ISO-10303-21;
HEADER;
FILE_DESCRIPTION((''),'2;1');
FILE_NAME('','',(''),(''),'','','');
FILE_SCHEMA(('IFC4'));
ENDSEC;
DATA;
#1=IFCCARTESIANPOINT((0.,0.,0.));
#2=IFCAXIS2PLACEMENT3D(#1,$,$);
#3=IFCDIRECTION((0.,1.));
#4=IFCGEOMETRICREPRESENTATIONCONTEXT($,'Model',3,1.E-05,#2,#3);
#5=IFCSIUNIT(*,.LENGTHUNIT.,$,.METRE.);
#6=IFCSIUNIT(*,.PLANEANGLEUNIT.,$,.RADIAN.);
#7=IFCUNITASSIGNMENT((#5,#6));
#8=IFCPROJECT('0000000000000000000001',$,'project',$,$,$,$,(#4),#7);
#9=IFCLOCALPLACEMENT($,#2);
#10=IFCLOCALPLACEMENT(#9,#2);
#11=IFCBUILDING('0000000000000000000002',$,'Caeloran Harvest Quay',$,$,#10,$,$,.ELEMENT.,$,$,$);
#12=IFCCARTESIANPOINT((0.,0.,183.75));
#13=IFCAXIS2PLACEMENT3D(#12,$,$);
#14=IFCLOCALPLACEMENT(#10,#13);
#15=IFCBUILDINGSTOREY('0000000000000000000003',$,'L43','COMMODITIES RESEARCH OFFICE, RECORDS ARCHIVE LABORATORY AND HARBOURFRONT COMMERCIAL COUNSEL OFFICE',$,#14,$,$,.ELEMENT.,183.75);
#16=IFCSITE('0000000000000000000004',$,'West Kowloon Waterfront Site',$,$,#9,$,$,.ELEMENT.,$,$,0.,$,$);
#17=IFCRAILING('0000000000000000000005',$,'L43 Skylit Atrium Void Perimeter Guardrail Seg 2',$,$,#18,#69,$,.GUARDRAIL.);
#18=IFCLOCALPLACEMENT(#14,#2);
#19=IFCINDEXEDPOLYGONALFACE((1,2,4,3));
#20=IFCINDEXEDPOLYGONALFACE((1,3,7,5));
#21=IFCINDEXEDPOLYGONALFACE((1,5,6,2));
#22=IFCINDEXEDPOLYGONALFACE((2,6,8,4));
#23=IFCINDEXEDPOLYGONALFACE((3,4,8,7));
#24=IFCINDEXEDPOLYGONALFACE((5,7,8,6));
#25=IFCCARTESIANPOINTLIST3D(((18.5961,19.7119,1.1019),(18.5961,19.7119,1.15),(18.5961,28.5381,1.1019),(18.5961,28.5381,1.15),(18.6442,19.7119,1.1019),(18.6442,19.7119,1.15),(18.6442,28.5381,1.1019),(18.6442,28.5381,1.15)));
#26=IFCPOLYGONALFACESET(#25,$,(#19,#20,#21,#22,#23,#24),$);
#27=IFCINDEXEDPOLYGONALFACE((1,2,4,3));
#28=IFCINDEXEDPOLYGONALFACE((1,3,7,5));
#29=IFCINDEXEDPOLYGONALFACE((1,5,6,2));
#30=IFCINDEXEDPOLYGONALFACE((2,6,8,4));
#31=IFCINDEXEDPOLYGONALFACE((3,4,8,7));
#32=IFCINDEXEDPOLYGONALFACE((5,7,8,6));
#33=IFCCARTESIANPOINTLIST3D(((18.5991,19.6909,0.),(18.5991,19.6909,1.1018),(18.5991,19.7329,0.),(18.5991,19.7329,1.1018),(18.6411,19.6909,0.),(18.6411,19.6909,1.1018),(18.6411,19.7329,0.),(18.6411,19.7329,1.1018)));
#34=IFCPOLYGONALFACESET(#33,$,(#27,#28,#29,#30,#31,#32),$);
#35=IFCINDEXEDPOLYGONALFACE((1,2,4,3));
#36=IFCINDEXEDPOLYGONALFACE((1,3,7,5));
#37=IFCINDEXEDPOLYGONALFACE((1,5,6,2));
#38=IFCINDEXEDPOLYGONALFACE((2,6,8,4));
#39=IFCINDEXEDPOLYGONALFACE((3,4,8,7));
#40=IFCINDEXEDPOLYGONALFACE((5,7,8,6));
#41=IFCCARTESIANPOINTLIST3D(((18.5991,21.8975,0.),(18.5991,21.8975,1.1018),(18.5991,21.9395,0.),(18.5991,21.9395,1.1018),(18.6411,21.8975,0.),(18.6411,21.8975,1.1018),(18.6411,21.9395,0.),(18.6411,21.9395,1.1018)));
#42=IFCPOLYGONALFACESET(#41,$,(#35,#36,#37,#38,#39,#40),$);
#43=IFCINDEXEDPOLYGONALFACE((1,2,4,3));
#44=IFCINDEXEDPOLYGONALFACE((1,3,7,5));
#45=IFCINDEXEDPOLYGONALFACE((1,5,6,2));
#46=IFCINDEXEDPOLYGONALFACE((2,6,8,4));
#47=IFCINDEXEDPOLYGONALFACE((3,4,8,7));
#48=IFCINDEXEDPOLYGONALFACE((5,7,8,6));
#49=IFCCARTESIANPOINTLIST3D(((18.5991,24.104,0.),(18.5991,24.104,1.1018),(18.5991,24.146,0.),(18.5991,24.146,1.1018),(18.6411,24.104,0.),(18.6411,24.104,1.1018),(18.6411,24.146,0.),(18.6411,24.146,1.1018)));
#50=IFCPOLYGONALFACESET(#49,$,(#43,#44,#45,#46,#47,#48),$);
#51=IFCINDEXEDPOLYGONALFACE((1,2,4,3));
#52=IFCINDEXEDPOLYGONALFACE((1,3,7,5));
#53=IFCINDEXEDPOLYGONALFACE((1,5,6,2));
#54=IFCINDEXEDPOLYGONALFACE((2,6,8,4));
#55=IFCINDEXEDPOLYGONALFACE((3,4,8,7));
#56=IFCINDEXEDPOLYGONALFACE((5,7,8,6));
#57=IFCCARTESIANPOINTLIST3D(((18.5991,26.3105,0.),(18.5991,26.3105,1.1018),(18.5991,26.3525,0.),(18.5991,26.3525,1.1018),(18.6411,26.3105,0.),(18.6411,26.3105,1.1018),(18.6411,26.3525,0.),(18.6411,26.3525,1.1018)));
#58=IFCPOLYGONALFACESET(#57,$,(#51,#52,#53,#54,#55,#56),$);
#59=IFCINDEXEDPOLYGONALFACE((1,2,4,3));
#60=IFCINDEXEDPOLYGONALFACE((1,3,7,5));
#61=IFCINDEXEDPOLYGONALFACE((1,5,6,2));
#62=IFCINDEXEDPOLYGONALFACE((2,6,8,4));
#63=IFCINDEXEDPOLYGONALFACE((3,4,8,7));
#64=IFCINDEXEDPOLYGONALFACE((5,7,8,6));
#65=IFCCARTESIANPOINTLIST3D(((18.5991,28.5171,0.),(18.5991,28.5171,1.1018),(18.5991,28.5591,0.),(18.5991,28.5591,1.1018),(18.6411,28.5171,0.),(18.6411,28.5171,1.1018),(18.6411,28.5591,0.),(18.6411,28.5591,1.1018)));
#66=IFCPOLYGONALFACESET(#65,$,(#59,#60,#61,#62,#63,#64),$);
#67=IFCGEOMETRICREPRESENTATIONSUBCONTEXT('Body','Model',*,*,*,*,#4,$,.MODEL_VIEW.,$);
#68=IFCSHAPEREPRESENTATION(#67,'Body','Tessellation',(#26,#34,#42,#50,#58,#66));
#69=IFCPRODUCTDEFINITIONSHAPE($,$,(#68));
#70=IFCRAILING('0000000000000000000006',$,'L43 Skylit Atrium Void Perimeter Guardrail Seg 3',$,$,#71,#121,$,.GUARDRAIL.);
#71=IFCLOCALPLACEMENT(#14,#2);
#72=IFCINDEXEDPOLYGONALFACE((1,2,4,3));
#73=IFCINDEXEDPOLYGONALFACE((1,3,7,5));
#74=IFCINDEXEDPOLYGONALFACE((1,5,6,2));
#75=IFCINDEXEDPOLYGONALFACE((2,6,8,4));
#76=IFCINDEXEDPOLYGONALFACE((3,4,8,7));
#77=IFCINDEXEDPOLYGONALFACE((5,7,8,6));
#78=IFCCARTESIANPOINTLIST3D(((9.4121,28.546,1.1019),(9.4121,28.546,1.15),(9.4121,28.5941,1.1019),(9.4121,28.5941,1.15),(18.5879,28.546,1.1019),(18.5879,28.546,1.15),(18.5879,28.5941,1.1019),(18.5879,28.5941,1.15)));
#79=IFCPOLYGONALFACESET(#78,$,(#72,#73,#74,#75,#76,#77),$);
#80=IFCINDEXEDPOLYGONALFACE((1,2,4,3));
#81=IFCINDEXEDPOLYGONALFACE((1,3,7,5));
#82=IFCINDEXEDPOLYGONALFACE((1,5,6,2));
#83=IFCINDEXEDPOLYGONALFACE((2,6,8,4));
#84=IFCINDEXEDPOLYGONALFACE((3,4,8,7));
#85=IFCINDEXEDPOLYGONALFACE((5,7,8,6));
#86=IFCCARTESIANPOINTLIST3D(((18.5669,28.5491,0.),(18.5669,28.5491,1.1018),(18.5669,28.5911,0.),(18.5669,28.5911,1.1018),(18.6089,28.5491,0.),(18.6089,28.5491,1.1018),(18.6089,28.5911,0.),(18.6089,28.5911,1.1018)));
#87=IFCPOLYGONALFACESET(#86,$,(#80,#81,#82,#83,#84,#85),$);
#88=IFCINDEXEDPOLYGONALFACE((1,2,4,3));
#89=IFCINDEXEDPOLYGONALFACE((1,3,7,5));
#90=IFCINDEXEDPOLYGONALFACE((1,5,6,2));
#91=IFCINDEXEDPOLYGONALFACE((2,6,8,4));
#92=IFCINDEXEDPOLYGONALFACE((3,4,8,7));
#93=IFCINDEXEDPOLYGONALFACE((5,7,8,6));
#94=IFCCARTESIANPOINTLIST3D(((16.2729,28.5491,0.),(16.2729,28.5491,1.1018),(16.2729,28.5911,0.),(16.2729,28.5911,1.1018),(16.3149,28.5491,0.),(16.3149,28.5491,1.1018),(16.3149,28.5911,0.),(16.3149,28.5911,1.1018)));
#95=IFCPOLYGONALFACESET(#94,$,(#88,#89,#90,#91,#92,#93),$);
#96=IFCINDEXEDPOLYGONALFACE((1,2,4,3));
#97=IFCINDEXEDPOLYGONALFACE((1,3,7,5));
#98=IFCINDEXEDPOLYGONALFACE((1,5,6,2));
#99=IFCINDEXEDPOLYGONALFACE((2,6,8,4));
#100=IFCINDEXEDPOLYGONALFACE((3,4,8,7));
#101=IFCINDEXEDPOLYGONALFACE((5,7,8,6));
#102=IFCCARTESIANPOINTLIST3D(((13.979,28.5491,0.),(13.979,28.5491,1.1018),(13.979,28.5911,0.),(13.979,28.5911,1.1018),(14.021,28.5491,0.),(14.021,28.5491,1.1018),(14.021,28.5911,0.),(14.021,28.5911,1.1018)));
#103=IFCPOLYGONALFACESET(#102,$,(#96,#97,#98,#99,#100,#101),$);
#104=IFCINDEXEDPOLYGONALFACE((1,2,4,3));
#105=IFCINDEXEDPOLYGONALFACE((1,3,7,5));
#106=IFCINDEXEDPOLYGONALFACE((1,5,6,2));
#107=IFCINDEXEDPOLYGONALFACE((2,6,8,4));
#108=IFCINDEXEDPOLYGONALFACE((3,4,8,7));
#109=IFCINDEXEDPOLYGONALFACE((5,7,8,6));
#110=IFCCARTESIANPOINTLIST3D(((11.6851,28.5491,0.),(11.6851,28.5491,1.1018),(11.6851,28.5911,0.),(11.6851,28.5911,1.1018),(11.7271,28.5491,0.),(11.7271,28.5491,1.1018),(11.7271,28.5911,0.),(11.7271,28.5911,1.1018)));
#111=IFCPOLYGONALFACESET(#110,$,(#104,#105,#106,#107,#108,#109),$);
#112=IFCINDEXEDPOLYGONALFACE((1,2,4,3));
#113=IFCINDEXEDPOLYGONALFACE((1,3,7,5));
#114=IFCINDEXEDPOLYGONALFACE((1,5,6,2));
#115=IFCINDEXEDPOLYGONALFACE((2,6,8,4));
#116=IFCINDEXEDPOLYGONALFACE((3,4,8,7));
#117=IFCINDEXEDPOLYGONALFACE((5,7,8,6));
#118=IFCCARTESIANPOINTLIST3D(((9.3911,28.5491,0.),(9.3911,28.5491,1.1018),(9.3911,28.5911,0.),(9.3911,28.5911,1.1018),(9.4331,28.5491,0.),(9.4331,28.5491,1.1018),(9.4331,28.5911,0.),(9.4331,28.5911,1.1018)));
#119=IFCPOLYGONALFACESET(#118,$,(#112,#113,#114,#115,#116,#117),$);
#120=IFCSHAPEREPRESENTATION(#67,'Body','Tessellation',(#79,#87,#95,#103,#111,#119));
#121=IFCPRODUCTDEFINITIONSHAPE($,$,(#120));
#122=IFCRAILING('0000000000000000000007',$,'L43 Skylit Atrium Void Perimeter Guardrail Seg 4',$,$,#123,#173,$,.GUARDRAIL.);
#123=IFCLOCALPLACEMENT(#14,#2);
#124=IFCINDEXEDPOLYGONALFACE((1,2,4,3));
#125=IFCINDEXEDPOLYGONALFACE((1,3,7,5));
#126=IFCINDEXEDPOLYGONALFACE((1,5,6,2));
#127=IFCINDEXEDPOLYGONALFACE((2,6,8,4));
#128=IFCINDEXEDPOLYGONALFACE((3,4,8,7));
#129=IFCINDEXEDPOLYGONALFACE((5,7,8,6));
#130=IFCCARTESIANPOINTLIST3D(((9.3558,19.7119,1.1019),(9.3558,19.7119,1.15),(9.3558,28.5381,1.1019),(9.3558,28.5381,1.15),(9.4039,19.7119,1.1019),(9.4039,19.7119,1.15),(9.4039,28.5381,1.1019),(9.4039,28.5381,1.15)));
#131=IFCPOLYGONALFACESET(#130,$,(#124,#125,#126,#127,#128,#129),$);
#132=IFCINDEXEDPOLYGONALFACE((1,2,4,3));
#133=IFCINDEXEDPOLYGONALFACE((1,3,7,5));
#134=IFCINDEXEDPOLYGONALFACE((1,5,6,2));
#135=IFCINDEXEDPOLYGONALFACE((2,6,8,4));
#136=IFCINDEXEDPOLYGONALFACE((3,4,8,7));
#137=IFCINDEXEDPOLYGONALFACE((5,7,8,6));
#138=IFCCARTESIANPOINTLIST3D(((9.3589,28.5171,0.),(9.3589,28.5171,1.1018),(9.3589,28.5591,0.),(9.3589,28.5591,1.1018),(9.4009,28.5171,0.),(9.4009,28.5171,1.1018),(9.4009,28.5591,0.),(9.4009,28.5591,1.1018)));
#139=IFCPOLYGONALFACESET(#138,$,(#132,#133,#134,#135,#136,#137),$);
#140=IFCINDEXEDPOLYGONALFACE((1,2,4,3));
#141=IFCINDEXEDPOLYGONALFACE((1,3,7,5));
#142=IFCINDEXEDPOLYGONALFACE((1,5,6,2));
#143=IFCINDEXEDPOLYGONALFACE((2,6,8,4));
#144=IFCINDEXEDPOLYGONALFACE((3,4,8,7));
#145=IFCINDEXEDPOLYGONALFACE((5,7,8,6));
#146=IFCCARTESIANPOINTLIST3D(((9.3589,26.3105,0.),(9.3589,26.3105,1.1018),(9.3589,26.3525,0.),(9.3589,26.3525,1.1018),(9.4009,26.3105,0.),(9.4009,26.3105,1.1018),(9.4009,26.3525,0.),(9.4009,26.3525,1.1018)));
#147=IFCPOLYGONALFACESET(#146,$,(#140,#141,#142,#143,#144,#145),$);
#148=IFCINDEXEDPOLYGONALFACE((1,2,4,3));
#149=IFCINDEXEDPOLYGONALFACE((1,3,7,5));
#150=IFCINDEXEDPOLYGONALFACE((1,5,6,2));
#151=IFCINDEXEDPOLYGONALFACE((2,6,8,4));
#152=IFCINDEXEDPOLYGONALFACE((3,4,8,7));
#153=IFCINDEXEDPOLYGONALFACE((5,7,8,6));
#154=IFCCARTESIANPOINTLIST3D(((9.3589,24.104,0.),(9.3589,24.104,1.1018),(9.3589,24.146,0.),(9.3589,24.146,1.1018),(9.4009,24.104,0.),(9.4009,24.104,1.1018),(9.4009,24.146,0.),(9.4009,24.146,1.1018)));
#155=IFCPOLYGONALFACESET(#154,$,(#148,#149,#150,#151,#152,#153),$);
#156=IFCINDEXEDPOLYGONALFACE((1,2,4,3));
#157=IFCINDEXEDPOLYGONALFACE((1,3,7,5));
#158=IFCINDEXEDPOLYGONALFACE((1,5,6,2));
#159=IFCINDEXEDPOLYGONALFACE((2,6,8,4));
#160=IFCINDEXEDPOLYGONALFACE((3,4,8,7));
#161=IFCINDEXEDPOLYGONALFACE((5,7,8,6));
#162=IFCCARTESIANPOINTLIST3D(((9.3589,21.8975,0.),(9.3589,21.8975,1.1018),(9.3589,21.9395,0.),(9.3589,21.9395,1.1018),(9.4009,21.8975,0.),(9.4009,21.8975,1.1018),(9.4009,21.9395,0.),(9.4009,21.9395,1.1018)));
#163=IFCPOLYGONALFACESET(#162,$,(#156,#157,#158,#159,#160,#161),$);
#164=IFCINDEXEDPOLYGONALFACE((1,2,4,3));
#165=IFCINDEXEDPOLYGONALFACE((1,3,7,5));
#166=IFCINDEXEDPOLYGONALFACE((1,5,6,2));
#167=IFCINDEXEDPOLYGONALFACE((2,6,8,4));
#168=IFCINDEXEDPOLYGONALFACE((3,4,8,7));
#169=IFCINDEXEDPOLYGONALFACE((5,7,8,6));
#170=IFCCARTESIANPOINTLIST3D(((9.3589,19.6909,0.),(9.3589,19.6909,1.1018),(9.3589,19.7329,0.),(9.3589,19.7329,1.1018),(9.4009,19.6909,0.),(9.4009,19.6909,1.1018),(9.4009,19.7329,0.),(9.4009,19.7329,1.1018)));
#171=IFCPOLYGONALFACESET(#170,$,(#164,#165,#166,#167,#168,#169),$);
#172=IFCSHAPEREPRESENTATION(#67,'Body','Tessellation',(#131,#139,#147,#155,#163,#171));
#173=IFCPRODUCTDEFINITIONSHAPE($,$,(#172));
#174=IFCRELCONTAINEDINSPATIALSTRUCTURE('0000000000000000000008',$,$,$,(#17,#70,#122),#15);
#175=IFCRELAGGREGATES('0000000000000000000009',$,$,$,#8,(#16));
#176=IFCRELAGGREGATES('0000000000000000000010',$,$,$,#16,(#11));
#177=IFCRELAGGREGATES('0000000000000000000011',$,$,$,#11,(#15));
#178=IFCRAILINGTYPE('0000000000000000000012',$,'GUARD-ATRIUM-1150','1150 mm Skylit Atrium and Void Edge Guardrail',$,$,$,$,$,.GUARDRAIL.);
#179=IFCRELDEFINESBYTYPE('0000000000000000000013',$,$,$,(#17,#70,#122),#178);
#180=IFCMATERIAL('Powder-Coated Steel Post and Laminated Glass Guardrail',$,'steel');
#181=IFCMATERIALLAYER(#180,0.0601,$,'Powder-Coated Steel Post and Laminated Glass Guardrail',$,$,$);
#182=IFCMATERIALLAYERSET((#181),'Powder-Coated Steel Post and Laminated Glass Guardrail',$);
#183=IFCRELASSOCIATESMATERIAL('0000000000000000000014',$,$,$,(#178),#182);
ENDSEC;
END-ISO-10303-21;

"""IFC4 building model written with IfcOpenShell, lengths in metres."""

from ifc_helpers import new_model, si_unit, direction, frame, origin, origin_2d, place, context, subcontext, project, spatial, rectangle, extrude, material, layer, layer_set, type_object, element, save


model = new_model("IFC4")

# Units and contexts
model_context = context("Model", 3, precision=1e-05, world=origin(), true_north=direction((0.0, 1.0)))
body_context = subcontext(model_context, "Body", "Model", "MODEL_VIEW")
ifc_project = project(units=[si_unit("LENGTHUNIT", "METRE"), si_unit("PLANEANGLEUNIT", "RADIAN")], contexts=[model_context])

# Site, building, storey
site_placement = place(None, origin())
site = spatial("IfcSite", under=ifc_project, at=site_placement, Name="West Kowloon Waterfront Site", CompositionType="ELEMENT", RefElevation=0.0)
building_placement = place(site_placement, origin())
building = spatial("IfcBuilding", under=site, at=building_placement, Name="Caeloran Harvest Quay", CompositionType="ELEMENT")
storey_placement = place(building_placement, frame((0.0, 0.0, 183.75)))
storey = spatial("IfcBuildingStorey", under=building, at=storey_placement, Name="L43", Description="COMMODITIES RESEARCH OFFICE, RECORDS ARCHIVE LABORATORY AND HARBOURFRONT COMMERCIAL COUNSEL OFFICE", CompositionType="ELEMENT", Elevation=183.75)

# Railings
ifc_material_1 = material(Name="Powder-Coated Steel Post and Laminated Glass Guardrail", Category="steel")
ifc_layer_1 = layer(ifc_material_1, 0.0601, Name="Powder-Coated Steel Post and Laminated Glass Guardrail")
ifc_layer_set_1 = layer_set([ifc_layer_1], Name="Powder-Coated Steel Post and Laminated Glass Guardrail")
railing_type = type_object("IfcRailingType", Name="GUARD-ATRIUM-1150", Description="1150 mm Skylit Atrium and Void Edge Guardrail", PredefinedType="GUARDRAIL", material=ifc_layer_set_1)
railing_1_placement = place(storey_placement, frame((18.6201, 19.7119, 0.0)))
element("IfcRailing", 1, at=railing_1_placement, inside=storey, type_object=railing_type, Name="L43 Skylit Atrium Void Perimeter Guardrail Seg 2", PredefinedType="GUARDRAIL", context=body_context, shape_type="SweptSolid", body=[
    extrude(rectangle(XDim=0.0481, YDim=0.0481, at=origin_2d()), frame((0.0, 0.0, 1.126), z_axis=(0.0, 1.0, 0.0), x_axis=(-1.0, 0.0, 0.0)), (0.0, 0.0, 1.0), 8.8262),
    extrude(rectangle(XDim=0.042, YDim=0.042, at=origin_2d()), origin(), (0.0, 0.0, 1.0), 1.1018),
    extrude(rectangle(XDim=0.042, YDim=0.042, at=origin_2d()), frame((0.0, 2.2065, 0.0)), (0.0, 0.0, 1.0), 1.1018),
    extrude(rectangle(XDim=0.042, YDim=0.042, at=origin_2d()), frame((0.0, 4.4131, 0.0)), (0.0, 0.0, 1.0), 1.1018),
    extrude(rectangle(XDim=0.042, YDim=0.042, at=origin_2d()), frame((0.0, 6.6196, 0.0)), (0.0, 0.0, 1.0), 1.1018),
    extrude(rectangle(XDim=0.042, YDim=0.042, at=origin_2d()), frame((0.0, 8.8262, 0.0)), (0.0, 0.0, 1.0), 1.1018),
])
railing_2_placement = place(storey_placement, frame((18.5879, 28.5701, 0.0)))
element("IfcRailing", 2, at=railing_2_placement, inside=storey, type_object=railing_type, Name="L43 Skylit Atrium Void Perimeter Guardrail Seg 3", PredefinedType="GUARDRAIL", context=body_context, shape_type="SweptSolid", body=[
    extrude(rectangle(XDim=0.0481, YDim=0.0481, at=origin_2d()), frame((0.0, 0.0, 1.126), z_axis=(-1.0, 0.0, 0.0), x_axis=(0.0, -1.0, 0.0)), (0.0, 0.0, 1.0), 9.1758),
    extrude(rectangle(XDim=0.042, YDim=0.042, at=origin_2d()), origin(), (0.0, 0.0, 1.0), 1.1018),
    extrude(rectangle(XDim=0.042, YDim=0.042, at=origin_2d()), frame((-2.2939, 0.0, 0.0)), (0.0, 0.0, 1.0), 1.1018),
    extrude(rectangle(XDim=0.042, YDim=0.042, at=origin_2d()), frame((-4.5879, 0.0, 0.0)), (0.0, 0.0, 1.0), 1.1018),
    extrude(rectangle(XDim=0.042, YDim=0.042, at=origin_2d()), frame((-6.8818, 0.0, 0.0)), (0.0, 0.0, 1.0), 1.1018),
    extrude(rectangle(XDim=0.042, YDim=0.042, at=origin_2d()), frame((-9.1758, 0.0, 0.0)), (0.0, 0.0, 1.0), 1.1018),
])
railing_3_placement = place(storey_placement, frame((9.3799, 28.5381, 0.0)))
element("IfcRailing", 3, at=railing_3_placement, inside=storey, type_object=railing_type, Name="L43 Skylit Atrium Void Perimeter Guardrail Seg 4", PredefinedType="GUARDRAIL", context=body_context, shape_type="SweptSolid", body=[
    extrude(rectangle(XDim=0.0481, YDim=0.0481, at=origin_2d()), frame((0.0, 0.0, 1.126), z_axis=(0.0, -1.0, 0.0), x_axis=(1.0, 0.0, 0.0)), (0.0, 0.0, 1.0), 8.8262),
    extrude(rectangle(XDim=0.042, YDim=0.042, at=origin_2d()), origin(), (0.0, 0.0, 1.0), 1.1018),
    extrude(rectangle(XDim=0.042, YDim=0.042, at=origin_2d()), frame((0.0, -2.2065, 0.0)), (0.0, 0.0, 1.0), 1.1018),
    extrude(rectangle(XDim=0.042, YDim=0.042, at=origin_2d()), frame((0.0, -4.4131, 0.0)), (0.0, 0.0, 1.0), 1.1018),
    extrude(rectangle(XDim=0.042, YDim=0.042, at=origin_2d()), frame((0.0, -6.6196, 0.0)), (0.0, 0.0, 1.0), 1.1018),
    extrude(rectangle(XDim=0.042, YDim=0.042, at=origin_2d()), frame((0.0, -8.8262, 0.0)), (0.0, 0.0, 1.0), 1.1018),
])

save(model, "model.ifc")
